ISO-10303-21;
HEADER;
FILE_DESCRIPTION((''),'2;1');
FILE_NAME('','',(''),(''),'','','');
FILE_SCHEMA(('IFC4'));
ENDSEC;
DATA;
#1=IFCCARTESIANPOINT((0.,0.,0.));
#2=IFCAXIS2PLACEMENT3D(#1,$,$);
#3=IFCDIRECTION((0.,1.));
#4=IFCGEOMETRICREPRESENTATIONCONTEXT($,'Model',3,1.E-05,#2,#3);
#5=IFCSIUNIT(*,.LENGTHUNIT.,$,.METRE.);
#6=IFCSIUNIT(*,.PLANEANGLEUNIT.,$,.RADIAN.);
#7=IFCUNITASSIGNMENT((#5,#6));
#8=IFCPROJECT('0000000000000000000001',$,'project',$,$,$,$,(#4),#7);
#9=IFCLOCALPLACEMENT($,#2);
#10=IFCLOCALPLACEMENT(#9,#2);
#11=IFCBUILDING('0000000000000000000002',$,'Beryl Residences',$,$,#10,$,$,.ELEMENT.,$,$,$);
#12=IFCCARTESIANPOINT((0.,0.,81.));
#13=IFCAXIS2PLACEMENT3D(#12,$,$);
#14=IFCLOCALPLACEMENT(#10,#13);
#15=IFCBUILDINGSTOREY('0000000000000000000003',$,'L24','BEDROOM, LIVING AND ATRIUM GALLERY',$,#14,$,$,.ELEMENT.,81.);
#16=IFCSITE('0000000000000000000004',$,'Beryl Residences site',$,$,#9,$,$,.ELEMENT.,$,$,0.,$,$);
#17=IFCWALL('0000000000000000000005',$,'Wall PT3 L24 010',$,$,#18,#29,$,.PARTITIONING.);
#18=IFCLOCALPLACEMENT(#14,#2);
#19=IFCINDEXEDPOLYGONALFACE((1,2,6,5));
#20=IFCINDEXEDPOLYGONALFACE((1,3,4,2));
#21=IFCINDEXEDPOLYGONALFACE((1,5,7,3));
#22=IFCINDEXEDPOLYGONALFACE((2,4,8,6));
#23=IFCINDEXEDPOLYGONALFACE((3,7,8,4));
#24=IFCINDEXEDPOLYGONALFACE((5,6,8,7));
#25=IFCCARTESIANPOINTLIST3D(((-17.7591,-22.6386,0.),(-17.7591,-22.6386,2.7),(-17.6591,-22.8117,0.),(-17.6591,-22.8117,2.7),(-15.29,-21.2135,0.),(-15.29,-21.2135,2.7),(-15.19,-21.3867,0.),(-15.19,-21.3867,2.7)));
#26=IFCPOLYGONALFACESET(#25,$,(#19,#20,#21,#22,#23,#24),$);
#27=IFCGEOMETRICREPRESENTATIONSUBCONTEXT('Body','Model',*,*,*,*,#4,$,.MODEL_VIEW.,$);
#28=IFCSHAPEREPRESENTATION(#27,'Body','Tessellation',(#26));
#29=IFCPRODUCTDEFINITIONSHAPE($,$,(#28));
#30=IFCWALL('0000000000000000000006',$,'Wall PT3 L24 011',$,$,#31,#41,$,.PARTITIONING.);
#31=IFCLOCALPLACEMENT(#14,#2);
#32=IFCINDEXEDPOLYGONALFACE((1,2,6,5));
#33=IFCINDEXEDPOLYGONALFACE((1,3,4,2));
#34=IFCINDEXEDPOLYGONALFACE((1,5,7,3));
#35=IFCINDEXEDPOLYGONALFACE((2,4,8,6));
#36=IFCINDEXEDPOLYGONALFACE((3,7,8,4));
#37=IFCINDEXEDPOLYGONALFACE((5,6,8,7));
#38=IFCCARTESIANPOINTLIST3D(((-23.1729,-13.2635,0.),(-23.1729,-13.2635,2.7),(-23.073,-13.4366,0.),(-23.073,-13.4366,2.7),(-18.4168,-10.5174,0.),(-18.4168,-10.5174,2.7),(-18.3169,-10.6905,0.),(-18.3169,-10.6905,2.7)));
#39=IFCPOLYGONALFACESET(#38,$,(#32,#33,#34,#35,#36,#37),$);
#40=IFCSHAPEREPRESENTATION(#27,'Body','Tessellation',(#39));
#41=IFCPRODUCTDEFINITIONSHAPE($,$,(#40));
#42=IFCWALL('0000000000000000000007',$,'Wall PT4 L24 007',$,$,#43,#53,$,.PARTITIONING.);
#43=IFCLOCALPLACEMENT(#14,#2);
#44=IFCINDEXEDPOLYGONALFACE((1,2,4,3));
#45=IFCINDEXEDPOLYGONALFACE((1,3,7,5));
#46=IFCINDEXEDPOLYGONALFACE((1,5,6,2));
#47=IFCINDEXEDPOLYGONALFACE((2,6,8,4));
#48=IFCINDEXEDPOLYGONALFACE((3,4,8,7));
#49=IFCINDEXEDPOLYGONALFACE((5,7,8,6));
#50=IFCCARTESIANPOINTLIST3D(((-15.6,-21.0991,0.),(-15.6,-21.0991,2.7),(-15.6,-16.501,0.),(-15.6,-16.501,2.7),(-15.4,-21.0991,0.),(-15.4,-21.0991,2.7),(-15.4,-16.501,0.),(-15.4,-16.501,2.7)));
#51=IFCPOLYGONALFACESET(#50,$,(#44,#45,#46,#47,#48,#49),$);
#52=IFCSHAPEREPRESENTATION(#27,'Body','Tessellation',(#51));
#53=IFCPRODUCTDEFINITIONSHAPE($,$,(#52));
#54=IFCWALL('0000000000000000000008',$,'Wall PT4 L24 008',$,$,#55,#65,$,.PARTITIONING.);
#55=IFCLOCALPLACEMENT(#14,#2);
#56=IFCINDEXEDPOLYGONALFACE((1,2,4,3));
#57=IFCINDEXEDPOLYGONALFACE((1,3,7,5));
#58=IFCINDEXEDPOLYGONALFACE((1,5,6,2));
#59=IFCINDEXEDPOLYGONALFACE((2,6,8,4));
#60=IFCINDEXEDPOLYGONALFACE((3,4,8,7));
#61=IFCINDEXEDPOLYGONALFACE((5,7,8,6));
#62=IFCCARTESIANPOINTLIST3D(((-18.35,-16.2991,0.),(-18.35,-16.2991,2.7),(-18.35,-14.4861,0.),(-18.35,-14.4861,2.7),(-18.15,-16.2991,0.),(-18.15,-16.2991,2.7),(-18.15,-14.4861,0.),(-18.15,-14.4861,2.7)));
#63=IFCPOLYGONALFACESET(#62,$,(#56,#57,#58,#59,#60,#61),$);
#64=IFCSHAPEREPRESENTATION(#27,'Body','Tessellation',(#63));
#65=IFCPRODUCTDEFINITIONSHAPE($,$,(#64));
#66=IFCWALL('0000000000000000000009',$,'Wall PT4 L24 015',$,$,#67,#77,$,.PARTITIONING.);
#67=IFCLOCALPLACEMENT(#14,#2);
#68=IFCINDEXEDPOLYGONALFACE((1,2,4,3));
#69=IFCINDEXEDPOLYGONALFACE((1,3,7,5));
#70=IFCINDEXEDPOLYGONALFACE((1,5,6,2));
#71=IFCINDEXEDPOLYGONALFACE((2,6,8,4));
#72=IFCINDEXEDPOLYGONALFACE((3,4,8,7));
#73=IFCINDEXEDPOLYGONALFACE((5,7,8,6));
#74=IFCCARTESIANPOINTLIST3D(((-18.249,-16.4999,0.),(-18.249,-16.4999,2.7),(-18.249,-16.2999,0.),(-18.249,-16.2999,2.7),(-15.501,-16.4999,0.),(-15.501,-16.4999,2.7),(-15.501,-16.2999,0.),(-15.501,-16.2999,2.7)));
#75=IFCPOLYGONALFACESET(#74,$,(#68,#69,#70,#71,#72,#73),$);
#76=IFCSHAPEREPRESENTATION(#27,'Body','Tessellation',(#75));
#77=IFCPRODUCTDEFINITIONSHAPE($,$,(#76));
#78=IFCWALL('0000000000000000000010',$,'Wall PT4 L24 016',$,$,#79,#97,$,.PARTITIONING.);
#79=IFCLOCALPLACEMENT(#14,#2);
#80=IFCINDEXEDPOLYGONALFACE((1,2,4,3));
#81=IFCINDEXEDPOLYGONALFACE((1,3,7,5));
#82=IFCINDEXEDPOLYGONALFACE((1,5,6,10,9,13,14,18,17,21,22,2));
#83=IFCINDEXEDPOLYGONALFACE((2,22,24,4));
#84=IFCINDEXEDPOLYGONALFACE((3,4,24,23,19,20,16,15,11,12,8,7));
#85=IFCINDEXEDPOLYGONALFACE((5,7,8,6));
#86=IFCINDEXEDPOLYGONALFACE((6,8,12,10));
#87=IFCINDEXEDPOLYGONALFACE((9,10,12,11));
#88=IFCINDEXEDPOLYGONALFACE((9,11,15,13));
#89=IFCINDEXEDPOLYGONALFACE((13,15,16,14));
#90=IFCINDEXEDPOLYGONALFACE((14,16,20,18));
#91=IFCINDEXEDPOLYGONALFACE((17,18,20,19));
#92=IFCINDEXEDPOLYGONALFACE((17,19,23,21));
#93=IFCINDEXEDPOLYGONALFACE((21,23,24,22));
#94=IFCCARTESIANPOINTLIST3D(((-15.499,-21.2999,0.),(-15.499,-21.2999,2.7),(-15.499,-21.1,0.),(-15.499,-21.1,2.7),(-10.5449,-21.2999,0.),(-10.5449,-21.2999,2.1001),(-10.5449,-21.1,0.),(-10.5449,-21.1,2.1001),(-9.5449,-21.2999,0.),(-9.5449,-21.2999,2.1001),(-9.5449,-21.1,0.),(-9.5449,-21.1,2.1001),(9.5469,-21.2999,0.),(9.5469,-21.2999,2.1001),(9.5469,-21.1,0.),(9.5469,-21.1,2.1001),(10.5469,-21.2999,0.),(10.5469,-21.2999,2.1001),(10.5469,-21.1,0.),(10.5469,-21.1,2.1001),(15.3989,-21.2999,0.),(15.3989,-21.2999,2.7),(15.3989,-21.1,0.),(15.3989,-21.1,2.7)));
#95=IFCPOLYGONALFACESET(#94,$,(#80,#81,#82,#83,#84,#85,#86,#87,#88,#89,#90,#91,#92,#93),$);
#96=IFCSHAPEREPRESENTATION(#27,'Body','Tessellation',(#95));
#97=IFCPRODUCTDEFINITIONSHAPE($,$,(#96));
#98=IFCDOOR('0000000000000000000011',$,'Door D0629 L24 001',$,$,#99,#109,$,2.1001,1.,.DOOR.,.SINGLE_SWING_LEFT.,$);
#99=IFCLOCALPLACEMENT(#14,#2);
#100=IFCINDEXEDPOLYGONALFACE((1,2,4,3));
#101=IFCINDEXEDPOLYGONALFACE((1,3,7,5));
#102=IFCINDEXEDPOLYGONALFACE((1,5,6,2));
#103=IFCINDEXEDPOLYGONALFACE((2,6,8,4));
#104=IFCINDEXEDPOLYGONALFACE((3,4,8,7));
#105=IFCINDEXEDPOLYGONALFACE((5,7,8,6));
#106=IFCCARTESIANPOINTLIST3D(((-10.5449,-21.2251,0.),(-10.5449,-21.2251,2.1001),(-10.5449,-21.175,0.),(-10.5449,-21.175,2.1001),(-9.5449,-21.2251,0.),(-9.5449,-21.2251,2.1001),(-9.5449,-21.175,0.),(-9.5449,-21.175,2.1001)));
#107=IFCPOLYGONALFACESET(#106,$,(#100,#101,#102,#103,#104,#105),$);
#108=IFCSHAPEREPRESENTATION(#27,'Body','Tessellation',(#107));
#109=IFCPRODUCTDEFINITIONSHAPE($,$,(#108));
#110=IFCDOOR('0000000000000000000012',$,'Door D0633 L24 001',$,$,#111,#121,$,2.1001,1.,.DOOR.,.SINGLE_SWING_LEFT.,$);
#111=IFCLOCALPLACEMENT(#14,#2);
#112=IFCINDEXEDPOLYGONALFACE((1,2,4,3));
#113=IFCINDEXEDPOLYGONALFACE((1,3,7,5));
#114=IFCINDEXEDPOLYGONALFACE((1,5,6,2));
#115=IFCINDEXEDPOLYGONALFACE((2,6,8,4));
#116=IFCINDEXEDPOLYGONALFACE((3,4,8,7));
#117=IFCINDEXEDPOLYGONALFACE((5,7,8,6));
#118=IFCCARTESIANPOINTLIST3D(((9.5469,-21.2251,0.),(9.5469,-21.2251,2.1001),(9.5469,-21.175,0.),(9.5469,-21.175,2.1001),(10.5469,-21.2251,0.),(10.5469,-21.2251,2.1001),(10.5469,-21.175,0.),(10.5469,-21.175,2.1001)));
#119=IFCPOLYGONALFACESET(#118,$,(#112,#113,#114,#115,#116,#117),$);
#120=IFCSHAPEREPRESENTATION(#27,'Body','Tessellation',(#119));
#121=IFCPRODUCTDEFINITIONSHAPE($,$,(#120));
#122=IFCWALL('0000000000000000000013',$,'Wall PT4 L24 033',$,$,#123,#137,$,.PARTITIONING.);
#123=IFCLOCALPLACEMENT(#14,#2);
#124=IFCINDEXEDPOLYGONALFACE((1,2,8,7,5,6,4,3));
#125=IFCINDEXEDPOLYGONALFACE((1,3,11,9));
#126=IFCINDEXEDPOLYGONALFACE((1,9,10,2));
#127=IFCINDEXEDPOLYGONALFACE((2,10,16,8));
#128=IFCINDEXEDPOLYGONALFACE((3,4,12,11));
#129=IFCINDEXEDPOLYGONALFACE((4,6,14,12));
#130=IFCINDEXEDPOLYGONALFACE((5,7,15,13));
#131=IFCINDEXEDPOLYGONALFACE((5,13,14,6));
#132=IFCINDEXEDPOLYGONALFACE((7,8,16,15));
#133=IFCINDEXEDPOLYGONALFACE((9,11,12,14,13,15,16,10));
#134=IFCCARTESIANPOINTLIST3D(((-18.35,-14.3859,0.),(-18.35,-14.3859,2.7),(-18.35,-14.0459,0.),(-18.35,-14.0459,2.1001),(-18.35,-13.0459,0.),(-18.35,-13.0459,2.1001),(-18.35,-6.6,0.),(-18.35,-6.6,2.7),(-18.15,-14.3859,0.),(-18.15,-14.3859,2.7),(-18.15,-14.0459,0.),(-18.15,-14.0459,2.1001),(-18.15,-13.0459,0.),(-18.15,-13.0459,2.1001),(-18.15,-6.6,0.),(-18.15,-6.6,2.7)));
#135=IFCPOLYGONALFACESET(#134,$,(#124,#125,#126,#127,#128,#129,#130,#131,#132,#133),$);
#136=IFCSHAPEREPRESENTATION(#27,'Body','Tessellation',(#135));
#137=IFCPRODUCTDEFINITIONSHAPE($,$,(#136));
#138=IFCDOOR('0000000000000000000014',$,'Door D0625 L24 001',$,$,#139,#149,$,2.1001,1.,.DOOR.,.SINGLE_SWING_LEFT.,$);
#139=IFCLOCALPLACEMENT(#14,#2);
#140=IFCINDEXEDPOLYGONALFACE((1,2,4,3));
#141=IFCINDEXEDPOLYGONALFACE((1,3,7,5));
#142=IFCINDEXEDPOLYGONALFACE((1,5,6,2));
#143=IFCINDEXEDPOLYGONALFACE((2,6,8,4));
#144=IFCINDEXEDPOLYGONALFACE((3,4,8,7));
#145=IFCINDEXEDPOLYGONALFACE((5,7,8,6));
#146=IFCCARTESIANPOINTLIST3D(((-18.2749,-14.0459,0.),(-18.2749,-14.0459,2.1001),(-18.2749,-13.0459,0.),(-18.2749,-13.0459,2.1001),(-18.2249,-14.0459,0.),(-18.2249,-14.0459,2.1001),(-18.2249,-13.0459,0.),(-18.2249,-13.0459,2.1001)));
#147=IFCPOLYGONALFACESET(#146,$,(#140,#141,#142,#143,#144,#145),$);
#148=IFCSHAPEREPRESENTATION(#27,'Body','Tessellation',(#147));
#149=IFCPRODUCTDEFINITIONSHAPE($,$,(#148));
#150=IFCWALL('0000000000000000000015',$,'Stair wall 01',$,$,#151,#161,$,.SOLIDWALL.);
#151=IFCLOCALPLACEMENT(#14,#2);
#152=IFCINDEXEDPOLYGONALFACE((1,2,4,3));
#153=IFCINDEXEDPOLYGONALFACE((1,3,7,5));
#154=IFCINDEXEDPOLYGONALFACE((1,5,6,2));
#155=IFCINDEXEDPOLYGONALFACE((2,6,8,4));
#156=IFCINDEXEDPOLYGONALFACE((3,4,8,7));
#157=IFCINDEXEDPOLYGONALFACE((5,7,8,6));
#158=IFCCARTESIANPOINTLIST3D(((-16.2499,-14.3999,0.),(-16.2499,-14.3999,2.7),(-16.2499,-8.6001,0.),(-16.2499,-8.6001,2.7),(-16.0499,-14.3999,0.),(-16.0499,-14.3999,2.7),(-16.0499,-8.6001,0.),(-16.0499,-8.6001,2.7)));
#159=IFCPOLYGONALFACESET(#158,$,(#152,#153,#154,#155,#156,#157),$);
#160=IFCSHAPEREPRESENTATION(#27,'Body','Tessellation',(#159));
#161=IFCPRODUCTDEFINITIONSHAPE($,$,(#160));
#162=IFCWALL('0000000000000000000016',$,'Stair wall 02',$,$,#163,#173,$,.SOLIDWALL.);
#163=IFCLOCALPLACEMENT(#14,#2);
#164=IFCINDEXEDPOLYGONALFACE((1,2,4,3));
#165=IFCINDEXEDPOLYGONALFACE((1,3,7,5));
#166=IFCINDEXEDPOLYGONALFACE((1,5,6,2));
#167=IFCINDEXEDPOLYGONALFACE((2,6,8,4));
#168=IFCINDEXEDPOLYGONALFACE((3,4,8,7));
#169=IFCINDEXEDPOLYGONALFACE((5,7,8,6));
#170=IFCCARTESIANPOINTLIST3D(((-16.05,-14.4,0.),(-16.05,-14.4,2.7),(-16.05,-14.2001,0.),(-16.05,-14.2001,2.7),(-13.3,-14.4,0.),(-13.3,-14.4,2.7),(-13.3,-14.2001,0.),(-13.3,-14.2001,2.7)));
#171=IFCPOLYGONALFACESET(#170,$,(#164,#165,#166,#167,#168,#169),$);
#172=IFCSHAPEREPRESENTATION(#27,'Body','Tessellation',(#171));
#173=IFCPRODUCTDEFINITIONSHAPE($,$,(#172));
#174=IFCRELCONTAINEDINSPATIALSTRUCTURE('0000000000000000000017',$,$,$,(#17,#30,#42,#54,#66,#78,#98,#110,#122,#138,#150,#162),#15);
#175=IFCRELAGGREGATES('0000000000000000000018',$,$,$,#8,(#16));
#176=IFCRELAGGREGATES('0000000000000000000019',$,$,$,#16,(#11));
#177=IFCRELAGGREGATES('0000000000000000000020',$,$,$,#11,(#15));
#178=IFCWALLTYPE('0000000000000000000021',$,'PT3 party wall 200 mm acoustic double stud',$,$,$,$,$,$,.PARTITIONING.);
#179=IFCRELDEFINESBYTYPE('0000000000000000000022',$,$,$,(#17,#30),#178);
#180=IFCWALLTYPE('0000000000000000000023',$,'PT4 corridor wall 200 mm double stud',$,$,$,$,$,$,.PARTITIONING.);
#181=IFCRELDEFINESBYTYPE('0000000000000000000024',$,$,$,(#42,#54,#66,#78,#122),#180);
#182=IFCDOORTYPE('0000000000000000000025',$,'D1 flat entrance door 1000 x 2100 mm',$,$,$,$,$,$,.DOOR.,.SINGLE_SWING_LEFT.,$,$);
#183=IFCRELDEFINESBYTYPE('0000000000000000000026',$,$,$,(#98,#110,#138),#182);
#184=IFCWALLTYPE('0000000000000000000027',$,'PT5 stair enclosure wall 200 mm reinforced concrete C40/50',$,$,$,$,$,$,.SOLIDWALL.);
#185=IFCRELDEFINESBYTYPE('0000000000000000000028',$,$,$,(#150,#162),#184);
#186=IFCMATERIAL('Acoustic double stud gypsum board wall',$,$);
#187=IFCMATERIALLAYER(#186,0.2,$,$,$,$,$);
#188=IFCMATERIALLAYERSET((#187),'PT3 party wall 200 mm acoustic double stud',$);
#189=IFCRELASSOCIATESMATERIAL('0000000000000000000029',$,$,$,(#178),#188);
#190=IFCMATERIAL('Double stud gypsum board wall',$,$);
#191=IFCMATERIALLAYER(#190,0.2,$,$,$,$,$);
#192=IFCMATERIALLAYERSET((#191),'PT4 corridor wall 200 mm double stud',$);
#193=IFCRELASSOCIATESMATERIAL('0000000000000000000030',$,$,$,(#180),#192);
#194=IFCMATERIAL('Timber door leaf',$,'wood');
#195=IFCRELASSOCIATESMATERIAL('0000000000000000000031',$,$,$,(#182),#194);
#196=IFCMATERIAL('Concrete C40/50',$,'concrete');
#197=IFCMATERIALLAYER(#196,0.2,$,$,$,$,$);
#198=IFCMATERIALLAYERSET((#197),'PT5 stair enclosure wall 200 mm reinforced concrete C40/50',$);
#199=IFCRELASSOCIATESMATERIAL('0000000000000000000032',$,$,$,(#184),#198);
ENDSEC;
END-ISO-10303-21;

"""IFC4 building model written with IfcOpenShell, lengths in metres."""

from ifc_helpers import new_model, si_unit, direction, frame, frame_2d, origin, place, context, subcontext, project, spatial, rectangle, extrude, material, layer, layer_set, type_object, element, fill, save


model = new_model("IFC4")

# Units and contexts
model_context = context("Model", 3, precision=1e-05, world=origin(), true_north=direction((0.0, 1.0)))
body_context = subcontext(model_context, "Body", "Model", "MODEL_VIEW")
ifc_project = project(units=[si_unit("LENGTHUNIT", "METRE"), si_unit("PLANEANGLEUNIT", "RADIAN")], contexts=[model_context])

# Site, building, storey
site_placement = place(None, origin())
site = spatial("IfcSite", under=ifc_project, at=site_placement, Name="Beryl Residences site", CompositionType="ELEMENT", RefElevation=0.0)
building_placement = place(site_placement, origin())
building = spatial("IfcBuilding", under=site, at=building_placement, Name="Beryl Residences", CompositionType="ELEMENT")
storey_placement = place(building_placement, frame((0.0, 0.0, 81.0)))
storey = spatial("IfcBuildingStorey", under=building, at=storey_placement, Name="L24", Description="BEDROOM, LIVING AND ATRIUM GALLERY", CompositionType="ELEMENT", Elevation=81.0)

# Walls
ifc_material_1 = material(Name="Acoustic double stud gypsum board wall")
ifc_layer_1 = layer(ifc_material_1, 0.2)
ifc_layer_set_1 = layer_set([ifc_layer_1], Name="PT3 party wall 200 mm acoustic double stud")
wall_type_1 = type_object("IfcWallType", Name="PT3 party wall 200 mm acoustic double stud", PredefinedType="PARTITIONING", material=ifc_layer_set_1)
wall_1_placement = place(storey_placement, frame((-17.709, -22.7251, 0.0), z_axis=(0.0, 0.0, 1.0), x_axis=(0.86609, 0.499888, 0.0)))
element("IfcWall", 1, at=wall_1_placement, inside=storey, type_object=wall_type_1, Name="Wall PT3 L24 010", PredefinedType="PARTITIONING", context=body_context, shape_type="SweptSolid", body=[
    extrude(rectangle(XDim=2.8508, YDim=0.2, at=frame_2d((1.4253, 0.0))), origin(), (0.0, 0.0, 1.0), 2.7),
])
wall_2_placement = place(storey_placement, frame((-23.123, -13.3501, 0.0), z_axis=(0.0, 0.0, 1.0), x_axis=(0.866013, 0.500021, 0.0)))
element("IfcWall", 2, at=wall_2_placement, inside=storey, type_object=wall_type_1, Name="Wall PT3 L24 011", PredefinedType="PARTITIONING", context=body_context, shape_type="SweptSolid", body=[
    extrude(rectangle(XDim=5.4919, YDim=0.2, at=frame_2d((2.7461, 0.0))), origin(), (0.0, 0.0, 1.0), 2.7),
])
ifc_material_2 = material(Name="Double stud gypsum board wall")
ifc_layer_2 = layer(ifc_material_2, 0.2)
ifc_layer_set_2 = layer_set([ifc_layer_2], Name="PT4 corridor wall 200 mm double stud")
wall_type_2 = type_object("IfcWallType", Name="PT4 corridor wall 200 mm double stud", PredefinedType="PARTITIONING", material=ifc_layer_set_2)
wall_3_placement = place(storey_placement, frame((-15.5, -16.501, 0.0), z_axis=(0.0, 0.0, 1.0), x_axis=(0.0, -1.0, 0.0)))
element("IfcWall", 3, at=wall_3_placement, inside=storey, type_object=wall_type_2, Name="Wall PT4 L24 007", PredefinedType="PARTITIONING", context=body_context, shape_type="SweptSolid", body=[
    extrude(rectangle(XDim=4.5981, YDim=0.2, at=frame_2d((2.2991, 0.0))), origin(), (0.0, 0.0, 1.0), 2.7),
])
wall_4_placement = place(storey_placement, frame((-18.25, -14.4861, 0.0), z_axis=(0.0, 0.0, 1.0), x_axis=(0.0, -1.0, 0.0)))
element("IfcWall", 4, at=wall_4_placement, inside=storey, type_object=wall_type_2, Name="Wall PT4 L24 008", PredefinedType="PARTITIONING", context=body_context, shape_type="SweptSolid", body=[
    extrude(rectangle(XDim=1.813, YDim=0.2, at=frame_2d((0.9065, 0.0))), origin(), (0.0, 0.0, 1.0), 2.7),
])
wall_5_placement = place(storey_placement, frame((-18.249, -16.3999, 0.0), z_axis=(0.0, 0.0, 1.0), x_axis=(1.0, 0.0, 0.0)))
element("IfcWall", 5, at=wall_5_placement, inside=storey, type_object=wall_type_2, Name="Wall PT4 L24 015", PredefinedType="PARTITIONING", context=body_context, shape_type="SweptSolid", body=[
    extrude(rectangle(XDim=2.748, YDim=0.2, at=frame_2d((1.374, 0.0))), origin(), (0.0, 0.0, 1.0), 2.7),
])

# Wall, openings, doors
wall_6_placement = place(storey_placement, frame((-15.499, -21.2, 0.0), z_axis=(0.0, 0.0, 1.0), x_axis=(1.0, 0.0, 0.0)))
wall_6 = element("IfcWall", 6, at=wall_6_placement, inside=storey, type_object=wall_type_2, Name="Wall PT4 L24 016", PredefinedType="PARTITIONING", context=body_context, shape_type="SweptSolid", body=[
    extrude(rectangle(XDim=30.8979, YDim=0.2, at=frame_2d((15.449, 0.0))), origin(), (0.0, 0.0, 1.0), 2.7),
])
opening_1_placement = place(wall_6_placement, frame((4.9541, 0.0, 0.0)))
opening_1 = element("IfcOpeningElement", 7, at=opening_1_placement, cuts=wall_6, PredefinedType="OPENING", context=body_context, shape_type="SweptSolid", body=[
    extrude(rectangle(XDim=1.0, YDim=2.1001, at=frame_2d((0.5, 1.05))), frame((0.0, 0.1099, 0.0), z_axis=(0.0, -1.0, 0.0), x_axis=(1.0, 0.0, 0.0)), (0.0, 0.0, 1.0), 0.22),
])
opening_2_placement = place(wall_6_placement, frame((25.0459, 0.0, 0.0)))
opening_2 = element("IfcOpeningElement", 8, at=opening_2_placement, cuts=wall_6, PredefinedType="OPENING", context=body_context, shape_type="SweptSolid", body=[
    extrude(rectangle(XDim=1.0, YDim=2.1001, at=frame_2d((0.5, 1.05))), frame((0.0, 0.1099, 0.0), z_axis=(0.0, -1.0, 0.0), x_axis=(1.0, 0.0, 0.0)), (0.0, 0.0, 1.0), 0.22),
])
ifc_material_3 = material(Name="Timber door leaf", Category="wood")
door_type_1 = type_object("IfcDoorType", Name="D1 flat entrance door 1000 x 2100 mm", OperationType="SINGLE_SWING_LEFT", PredefinedType="DOOR", material=ifc_material_3)
door_1_placement = place(opening_1_placement, origin())
door_1 = element("IfcDoor", 9, at=door_1_placement, inside=storey, type_object=door_type_1, Name="Door D0629 L24 001", OperationType="SINGLE_SWING_LEFT", OverallHeight=2.1001, OverallWidth=1.0, PredefinedType="DOOR", context=body_context, shape_type="SweptSolid", body=[
    extrude(rectangle(XDim=1.0, YDim=2.1001, at=frame_2d((0.5, 1.05))), frame((0.0, 0.0249, 0.0), z_axis=(0.0, -1.0, 0.0), x_axis=(1.0, 0.0, 0.0)), (0.0, 0.0, 1.0), 0.05),
])
fill(opening_1, door_1)
door_2_placement = place(opening_2_placement, origin())
door_2 = element("IfcDoor", 10, at=door_2_placement, inside=storey, type_object=door_type_1, Name="Door D0633 L24 001", OperationType="SINGLE_SWING_LEFT", OverallHeight=2.1001, OverallWidth=1.0, PredefinedType="DOOR", context=body_context, shape_type="SweptSolid", body=[
    extrude(rectangle(XDim=1.0, YDim=2.1001, at=frame_2d((0.5, 1.05))), frame((0.0, 0.0249, 0.0), z_axis=(0.0, -1.0, 0.0), x_axis=(1.0, 0.0, 0.0)), (0.0, 0.0, 1.0), 0.05),
])
fill(opening_2, door_2)

# Wall, opening, door
wall_7_placement = place(storey_placement, frame((-18.25, -14.386, 0.0), z_axis=(0.0, 0.0, 1.0), x_axis=(0.0, 1.0, 0.0)))
wall_7 = element("IfcWall", 11, at=wall_7_placement, inside=storey, type_object=wall_type_2, Name="Wall PT4 L24 033", PredefinedType="PARTITIONING", context=body_context, shape_type="SweptSolid", body=[
    extrude(rectangle(XDim=7.7859, YDim=0.2, at=frame_2d((3.8931, 0.0))), origin(), (0.0, 0.0, 1.0), 2.7),
])
opening_3_placement = place(wall_7_placement, frame((0.3401, 0.0, 0.0)))
opening_3 = element("IfcOpeningElement", 12, at=opening_3_placement, cuts=wall_7, PredefinedType="OPENING", context=body_context, shape_type="SweptSolid", body=[
    extrude(rectangle(XDim=1.0, YDim=2.1001, at=frame_2d((0.5, 1.05))), frame((0.0, 0.1099, 0.0), z_axis=(0.0, -1.0, 0.0), x_axis=(1.0, 0.0, 0.0)), (0.0, 0.0, 1.0), 0.22),
])
door_3_placement = place(opening_3_placement, origin())
door_3 = element("IfcDoor", 13, at=door_3_placement, inside=storey, type_object=door_type_1, Name="Door D0625 L24 001", OperationType="SINGLE_SWING_LEFT", OverallHeight=2.1001, OverallWidth=1.0, PredefinedType="DOOR", context=body_context, shape_type="SweptSolid", body=[
    extrude(rectangle(XDim=1.0, YDim=2.1001, at=frame_2d((0.5, 1.05))), frame((0.0, 0.0249, 0.0), z_axis=(0.0, -1.0, 0.0), x_axis=(1.0, 0.0, 0.0)), (0.0, 0.0, 1.0), 0.05),
])
fill(opening_3, door_3)

# Walls
ifc_material_4 = material(Name="Concrete C40/50", Category="concrete")
ifc_layer_3 = layer(ifc_material_4, 0.2)
ifc_layer_set_3 = layer_set([ifc_layer_3], Name="PT5 stair enclosure wall 200 mm reinforced concrete C40/50")
wall_type_3 = type_object("IfcWallType", Name="PT5 stair enclosure wall 200 mm reinforced concrete C40/50", PredefinedType="SOLIDWALL", material=ifc_layer_set_3)
wall_8_placement = place(storey_placement, frame((-16.1499, -14.3999, 0.0), z_axis=(0.0, 0.0, 1.0), x_axis=(0.0, 1.0, 0.0)))
element("IfcWall", 14, at=wall_8_placement, inside=storey, type_object=wall_type_3, Name="Stair wall 01", PredefinedType="SOLIDWALL", context=body_context, shape_type="SweptSolid", body=[
    extrude(rectangle(XDim=5.7998, YDim=0.2, at=frame_2d((2.8999, 0.0))), origin(), (0.0, 0.0, 1.0), 2.7),
])
wall_9_placement = place(storey_placement, frame((-16.05, -14.3, 0.0), z_axis=(0.0, 0.0, 1.0), x_axis=(1.0, 0.0, 0.0)))
element("IfcWall", 15, at=wall_9_placement, inside=storey, type_object=wall_type_3, Name="Stair wall 02", PredefinedType="SOLIDWALL", context=body_context, shape_type="SweptSolid", body=[
    extrude(rectangle(XDim=2.75, YDim=0.2, at=frame_2d((1.375, 0.0))), origin(), (0.0, 0.0, 1.0), 2.7),
])

save(model, "model.ifc")
